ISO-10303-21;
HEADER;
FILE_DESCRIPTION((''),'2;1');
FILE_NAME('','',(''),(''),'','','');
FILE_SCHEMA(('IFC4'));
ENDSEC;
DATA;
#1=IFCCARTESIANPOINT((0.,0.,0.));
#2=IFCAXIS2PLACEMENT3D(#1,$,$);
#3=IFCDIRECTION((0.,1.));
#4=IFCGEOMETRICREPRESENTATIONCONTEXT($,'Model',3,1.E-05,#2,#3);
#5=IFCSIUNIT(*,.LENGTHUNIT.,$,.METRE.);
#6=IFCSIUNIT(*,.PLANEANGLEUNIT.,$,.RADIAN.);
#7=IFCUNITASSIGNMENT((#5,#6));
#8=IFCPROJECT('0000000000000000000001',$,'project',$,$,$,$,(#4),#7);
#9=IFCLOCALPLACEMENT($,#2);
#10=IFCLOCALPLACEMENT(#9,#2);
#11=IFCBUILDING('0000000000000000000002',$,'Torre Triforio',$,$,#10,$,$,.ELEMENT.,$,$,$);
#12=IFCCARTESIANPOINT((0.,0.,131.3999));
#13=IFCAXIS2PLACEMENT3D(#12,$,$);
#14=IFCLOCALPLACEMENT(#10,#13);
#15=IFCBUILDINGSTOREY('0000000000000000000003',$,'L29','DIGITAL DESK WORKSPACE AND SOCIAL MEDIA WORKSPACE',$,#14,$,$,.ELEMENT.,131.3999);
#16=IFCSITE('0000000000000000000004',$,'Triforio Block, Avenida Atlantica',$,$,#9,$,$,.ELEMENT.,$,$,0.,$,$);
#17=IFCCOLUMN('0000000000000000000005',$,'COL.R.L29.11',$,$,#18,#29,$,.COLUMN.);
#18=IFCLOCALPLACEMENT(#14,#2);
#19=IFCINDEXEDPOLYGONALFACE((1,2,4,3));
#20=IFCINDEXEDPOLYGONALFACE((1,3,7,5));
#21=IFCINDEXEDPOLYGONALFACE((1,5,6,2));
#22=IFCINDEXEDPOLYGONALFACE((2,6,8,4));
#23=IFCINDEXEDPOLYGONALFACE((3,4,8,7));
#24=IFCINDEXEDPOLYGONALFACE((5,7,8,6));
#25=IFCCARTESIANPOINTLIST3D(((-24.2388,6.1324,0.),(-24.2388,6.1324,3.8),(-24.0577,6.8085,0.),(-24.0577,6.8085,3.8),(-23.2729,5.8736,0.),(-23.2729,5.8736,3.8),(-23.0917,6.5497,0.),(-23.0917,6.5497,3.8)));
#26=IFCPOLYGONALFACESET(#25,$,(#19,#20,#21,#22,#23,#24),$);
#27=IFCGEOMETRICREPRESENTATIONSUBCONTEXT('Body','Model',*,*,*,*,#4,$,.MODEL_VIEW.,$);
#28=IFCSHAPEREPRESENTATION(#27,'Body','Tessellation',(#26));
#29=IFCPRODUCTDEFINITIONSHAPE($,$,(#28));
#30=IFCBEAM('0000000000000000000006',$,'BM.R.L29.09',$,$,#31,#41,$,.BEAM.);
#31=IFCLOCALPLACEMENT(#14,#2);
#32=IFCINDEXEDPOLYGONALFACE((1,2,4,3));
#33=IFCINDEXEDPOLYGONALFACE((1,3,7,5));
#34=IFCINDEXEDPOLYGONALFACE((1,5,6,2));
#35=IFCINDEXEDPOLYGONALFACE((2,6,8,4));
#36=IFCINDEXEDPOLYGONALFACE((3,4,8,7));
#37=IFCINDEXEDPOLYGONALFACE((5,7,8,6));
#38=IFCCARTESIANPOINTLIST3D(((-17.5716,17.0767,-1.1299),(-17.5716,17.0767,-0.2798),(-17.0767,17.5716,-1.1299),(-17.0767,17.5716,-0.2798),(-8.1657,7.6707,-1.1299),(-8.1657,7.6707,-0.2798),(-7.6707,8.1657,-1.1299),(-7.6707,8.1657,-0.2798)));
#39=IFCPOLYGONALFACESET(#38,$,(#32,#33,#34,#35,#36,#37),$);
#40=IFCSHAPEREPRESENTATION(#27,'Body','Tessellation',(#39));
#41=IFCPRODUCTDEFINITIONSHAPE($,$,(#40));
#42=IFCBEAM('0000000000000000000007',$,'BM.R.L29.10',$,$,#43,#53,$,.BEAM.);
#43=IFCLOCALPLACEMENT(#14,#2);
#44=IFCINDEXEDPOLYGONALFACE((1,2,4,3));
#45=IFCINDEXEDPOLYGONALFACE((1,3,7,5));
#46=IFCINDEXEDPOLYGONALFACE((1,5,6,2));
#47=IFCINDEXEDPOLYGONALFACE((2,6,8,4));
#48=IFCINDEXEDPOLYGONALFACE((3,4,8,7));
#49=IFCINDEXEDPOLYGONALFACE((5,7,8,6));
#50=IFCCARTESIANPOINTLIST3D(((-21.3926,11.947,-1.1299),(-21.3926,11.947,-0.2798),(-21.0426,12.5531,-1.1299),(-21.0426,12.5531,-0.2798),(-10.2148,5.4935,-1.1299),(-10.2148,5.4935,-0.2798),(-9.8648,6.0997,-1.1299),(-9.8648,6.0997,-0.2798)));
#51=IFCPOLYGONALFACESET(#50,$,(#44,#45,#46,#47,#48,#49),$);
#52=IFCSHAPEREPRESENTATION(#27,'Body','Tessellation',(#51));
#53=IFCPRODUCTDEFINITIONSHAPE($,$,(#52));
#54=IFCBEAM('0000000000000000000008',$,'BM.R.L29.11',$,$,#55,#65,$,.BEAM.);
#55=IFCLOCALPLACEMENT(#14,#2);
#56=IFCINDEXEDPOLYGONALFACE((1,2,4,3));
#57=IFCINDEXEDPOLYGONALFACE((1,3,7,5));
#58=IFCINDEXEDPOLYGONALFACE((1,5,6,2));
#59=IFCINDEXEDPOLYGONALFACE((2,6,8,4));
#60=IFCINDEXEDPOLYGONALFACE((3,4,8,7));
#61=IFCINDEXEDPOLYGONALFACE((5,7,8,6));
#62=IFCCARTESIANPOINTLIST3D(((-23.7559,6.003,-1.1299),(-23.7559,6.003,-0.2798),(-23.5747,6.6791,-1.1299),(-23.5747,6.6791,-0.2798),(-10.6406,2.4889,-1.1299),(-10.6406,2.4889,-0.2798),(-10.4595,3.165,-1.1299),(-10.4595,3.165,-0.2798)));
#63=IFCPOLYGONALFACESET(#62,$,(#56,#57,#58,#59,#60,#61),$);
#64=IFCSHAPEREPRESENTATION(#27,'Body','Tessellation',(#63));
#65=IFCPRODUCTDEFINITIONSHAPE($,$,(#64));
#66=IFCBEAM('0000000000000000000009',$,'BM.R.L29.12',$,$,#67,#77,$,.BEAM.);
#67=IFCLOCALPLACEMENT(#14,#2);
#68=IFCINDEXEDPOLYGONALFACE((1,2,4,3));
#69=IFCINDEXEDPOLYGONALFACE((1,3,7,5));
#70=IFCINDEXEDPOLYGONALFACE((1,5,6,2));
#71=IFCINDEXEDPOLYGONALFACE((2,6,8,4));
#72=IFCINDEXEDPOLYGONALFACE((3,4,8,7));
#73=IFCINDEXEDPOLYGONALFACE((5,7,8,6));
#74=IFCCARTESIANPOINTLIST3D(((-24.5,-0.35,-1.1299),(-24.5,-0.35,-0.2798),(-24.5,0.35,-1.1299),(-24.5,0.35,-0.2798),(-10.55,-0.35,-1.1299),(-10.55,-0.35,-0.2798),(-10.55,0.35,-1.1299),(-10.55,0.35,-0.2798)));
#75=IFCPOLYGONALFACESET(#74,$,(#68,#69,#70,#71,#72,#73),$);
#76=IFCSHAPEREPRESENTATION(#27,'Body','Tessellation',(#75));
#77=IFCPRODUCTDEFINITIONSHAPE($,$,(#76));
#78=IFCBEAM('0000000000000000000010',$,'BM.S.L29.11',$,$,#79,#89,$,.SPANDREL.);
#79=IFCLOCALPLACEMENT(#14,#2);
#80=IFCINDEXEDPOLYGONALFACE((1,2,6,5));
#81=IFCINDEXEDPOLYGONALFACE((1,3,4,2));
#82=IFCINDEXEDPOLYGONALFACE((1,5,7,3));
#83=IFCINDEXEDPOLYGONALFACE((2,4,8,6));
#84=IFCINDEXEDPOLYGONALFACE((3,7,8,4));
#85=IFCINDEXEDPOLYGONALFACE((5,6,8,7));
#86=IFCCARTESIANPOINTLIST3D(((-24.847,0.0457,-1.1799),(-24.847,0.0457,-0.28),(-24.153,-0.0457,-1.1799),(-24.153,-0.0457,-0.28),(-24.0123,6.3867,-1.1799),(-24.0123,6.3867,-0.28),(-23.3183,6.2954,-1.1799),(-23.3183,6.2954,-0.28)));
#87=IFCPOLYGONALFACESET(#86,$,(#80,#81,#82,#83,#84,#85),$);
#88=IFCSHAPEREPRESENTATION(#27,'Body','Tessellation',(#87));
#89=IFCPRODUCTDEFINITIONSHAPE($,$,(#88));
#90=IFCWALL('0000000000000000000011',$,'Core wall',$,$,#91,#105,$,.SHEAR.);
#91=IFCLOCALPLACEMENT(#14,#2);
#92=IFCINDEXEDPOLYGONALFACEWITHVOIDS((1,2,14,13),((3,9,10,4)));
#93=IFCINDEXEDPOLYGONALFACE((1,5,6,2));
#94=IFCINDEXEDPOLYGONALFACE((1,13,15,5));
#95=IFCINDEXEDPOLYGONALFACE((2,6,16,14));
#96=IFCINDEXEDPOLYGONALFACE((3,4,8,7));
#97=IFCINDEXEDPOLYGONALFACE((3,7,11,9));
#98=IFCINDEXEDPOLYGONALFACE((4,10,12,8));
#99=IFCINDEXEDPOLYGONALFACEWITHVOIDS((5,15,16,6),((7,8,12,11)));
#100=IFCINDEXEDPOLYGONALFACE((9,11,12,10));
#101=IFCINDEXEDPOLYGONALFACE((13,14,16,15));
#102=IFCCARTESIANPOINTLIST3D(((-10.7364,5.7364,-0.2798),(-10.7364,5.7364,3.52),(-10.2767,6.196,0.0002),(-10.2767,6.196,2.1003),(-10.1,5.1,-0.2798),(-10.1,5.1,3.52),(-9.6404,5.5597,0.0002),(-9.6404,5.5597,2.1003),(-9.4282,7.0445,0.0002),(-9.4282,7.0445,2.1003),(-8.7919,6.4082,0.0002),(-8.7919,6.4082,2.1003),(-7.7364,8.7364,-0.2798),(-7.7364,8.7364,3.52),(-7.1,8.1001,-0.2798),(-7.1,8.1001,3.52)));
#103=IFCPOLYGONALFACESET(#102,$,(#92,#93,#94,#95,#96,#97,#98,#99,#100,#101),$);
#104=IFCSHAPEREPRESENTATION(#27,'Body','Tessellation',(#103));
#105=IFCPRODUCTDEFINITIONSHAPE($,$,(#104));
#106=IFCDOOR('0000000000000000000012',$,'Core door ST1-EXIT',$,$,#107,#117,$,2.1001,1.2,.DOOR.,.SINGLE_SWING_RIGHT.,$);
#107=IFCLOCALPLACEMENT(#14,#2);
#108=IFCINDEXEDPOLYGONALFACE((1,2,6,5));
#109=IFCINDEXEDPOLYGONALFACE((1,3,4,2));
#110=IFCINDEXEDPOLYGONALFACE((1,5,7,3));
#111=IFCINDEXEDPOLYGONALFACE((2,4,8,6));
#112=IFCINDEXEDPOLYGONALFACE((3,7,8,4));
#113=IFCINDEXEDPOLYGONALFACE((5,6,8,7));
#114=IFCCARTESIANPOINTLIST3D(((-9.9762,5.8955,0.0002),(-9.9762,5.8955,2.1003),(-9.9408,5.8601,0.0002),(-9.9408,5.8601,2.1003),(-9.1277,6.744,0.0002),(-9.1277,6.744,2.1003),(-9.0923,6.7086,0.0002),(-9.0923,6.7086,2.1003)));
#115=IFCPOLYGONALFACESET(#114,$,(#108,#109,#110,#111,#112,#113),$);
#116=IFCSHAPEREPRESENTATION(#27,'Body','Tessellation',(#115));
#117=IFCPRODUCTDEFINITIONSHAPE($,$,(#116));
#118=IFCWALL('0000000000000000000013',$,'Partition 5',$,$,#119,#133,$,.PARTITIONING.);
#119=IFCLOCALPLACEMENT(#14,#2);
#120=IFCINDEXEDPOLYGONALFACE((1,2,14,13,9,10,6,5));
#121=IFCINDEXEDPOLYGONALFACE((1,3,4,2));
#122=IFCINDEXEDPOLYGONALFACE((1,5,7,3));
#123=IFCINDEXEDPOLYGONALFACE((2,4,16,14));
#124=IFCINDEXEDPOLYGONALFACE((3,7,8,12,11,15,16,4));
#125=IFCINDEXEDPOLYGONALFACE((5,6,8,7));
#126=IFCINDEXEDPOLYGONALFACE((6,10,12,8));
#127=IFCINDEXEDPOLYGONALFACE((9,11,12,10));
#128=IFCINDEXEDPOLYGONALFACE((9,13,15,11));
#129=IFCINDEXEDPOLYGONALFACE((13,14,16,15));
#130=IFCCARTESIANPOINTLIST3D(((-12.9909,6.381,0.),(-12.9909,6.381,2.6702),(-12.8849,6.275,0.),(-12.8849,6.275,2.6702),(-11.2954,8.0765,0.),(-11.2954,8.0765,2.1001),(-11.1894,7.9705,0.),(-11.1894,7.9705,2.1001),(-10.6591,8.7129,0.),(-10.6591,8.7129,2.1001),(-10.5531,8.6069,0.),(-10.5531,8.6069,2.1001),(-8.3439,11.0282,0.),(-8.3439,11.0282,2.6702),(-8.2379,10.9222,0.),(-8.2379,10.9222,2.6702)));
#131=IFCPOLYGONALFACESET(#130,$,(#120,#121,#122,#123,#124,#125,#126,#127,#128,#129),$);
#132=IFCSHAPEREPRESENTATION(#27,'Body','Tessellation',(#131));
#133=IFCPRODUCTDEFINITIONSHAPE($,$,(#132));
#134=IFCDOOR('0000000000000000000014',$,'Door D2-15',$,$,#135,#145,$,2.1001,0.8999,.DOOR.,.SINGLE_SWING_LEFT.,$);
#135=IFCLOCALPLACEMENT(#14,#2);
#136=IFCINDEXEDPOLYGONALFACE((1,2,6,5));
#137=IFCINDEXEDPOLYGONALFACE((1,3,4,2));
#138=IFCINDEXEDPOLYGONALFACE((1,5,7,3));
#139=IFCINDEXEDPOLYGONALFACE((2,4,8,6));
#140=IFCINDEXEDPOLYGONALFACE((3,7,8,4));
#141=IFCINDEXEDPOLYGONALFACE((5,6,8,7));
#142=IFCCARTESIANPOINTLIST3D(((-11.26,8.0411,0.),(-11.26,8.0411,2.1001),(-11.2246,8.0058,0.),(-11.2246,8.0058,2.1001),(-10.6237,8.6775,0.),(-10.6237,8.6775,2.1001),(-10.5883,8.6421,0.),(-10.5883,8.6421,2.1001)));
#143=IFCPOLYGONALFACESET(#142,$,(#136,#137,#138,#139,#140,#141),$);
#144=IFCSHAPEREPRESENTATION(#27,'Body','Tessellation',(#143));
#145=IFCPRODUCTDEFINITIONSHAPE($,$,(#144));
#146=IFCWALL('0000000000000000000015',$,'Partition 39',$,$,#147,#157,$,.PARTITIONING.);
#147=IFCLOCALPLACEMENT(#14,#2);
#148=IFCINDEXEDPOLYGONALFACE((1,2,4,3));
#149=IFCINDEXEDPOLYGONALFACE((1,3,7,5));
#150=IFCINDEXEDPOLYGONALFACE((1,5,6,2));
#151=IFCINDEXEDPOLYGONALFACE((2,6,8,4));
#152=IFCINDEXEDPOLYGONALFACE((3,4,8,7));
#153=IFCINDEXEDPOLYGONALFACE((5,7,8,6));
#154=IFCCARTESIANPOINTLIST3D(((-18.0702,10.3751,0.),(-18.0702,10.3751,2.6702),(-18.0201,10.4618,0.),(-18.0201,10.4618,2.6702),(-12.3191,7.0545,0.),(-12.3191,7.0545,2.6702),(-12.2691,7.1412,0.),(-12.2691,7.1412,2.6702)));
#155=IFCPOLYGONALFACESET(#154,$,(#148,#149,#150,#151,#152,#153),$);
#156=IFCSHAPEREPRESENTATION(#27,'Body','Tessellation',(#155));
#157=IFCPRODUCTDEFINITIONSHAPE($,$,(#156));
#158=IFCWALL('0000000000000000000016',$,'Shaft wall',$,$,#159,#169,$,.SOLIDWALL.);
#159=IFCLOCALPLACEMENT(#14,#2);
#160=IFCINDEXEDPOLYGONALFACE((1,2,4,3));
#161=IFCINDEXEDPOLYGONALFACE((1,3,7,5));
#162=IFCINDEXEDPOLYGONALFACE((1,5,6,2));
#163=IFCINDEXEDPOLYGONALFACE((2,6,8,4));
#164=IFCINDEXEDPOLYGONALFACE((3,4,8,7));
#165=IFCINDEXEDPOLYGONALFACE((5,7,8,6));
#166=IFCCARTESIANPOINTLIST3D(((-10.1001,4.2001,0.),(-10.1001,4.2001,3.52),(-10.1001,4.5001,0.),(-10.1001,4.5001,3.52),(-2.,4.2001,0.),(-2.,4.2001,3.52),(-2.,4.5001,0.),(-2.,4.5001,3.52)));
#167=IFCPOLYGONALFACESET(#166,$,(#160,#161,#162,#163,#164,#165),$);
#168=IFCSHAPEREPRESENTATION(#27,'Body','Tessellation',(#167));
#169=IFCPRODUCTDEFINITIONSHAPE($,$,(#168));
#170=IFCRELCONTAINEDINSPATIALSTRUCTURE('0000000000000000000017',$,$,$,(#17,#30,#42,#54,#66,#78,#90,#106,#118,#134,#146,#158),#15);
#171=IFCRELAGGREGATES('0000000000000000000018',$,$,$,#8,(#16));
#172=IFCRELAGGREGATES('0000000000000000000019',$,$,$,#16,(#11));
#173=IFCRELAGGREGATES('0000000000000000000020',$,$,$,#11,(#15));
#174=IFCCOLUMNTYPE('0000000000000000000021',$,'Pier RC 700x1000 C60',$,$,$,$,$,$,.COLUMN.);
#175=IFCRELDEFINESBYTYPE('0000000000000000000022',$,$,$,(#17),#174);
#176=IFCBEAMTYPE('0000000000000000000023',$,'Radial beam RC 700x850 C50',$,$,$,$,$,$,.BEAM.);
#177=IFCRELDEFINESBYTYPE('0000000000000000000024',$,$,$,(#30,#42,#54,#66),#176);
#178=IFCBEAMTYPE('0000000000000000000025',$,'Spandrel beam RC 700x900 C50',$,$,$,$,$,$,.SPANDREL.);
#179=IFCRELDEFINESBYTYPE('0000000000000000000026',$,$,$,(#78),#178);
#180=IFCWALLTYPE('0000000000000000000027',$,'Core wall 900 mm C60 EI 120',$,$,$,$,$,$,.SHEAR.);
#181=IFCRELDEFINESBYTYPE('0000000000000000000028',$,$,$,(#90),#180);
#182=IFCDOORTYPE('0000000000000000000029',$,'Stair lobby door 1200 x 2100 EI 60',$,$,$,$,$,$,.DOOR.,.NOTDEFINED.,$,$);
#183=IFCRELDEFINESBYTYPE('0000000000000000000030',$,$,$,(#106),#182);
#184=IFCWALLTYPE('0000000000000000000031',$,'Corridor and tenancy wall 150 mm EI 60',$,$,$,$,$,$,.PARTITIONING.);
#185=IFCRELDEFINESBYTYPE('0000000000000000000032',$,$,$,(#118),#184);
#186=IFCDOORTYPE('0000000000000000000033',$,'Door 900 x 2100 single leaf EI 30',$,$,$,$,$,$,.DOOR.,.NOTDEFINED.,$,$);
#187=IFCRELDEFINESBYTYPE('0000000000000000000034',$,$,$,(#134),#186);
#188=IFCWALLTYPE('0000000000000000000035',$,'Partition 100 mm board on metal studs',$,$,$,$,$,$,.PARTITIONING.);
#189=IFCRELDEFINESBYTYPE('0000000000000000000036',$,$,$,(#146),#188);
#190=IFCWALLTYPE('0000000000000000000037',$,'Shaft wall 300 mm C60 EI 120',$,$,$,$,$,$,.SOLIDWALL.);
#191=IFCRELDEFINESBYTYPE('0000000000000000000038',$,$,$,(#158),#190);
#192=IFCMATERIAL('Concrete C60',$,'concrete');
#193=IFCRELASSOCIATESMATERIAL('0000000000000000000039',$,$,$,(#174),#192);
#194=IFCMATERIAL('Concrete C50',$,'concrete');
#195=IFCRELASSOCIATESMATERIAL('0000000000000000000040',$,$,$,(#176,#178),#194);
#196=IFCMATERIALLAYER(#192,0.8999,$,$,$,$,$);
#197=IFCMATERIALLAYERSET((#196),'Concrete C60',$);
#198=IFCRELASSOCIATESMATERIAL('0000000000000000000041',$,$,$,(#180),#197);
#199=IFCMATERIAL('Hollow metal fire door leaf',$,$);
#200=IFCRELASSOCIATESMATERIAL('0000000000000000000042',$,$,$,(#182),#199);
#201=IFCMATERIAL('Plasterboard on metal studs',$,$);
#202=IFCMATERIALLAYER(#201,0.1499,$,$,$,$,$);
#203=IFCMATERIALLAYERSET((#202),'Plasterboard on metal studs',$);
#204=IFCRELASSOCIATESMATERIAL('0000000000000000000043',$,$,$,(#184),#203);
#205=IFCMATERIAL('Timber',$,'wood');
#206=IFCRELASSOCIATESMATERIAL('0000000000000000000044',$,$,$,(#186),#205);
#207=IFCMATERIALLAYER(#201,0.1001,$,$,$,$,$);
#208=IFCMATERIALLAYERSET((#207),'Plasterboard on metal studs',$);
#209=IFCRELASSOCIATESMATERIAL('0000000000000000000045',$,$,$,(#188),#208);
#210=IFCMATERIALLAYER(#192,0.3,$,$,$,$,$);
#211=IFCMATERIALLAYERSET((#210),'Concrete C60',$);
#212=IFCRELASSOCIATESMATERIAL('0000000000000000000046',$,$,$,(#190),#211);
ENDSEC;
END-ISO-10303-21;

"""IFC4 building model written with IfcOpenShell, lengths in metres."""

from ifc_helpers import new_model, si_unit, direction, frame, frame_2d, origin, origin_2d, place, context, subcontext, project, spatial, rectangle, extrude, material, layer, layer_set, material_profile, profile_set, type_object, element, fill, save


model = new_model("IFC4")

# Units and contexts
model_context = context("Model", 3, precision=1e-05, world=origin(), true_north=direction((0.0, 1.0)))
body_context = subcontext(model_context, "Body", "Model", "MODEL_VIEW")
ifc_project = project(units=[si_unit("LENGTHUNIT", "METRE"), si_unit("PLANEANGLEUNIT", "RADIAN")], contexts=[model_context])

# Site, building, storey
site_placement = place(None, origin())
site = spatial("IfcSite", under=ifc_project, at=site_placement, Name="Triforio Block, Avenida Atlantica", CompositionType="ELEMENT", RefElevation=0.0)
building_placement = place(site_placement, origin())
building = spatial("IfcBuilding", under=site, at=building_placement, Name="Torre Triforio", CompositionType="ELEMENT")
storey_placement = place(building_placement, frame((0.0, 0.0, 131.3999)))
storey = spatial("IfcBuildingStorey", under=building, at=storey_placement, Name="L29", Description="DIGITAL DESK WORKSPACE AND SOCIAL MEDIA WORKSPACE", CompositionType="ELEMENT", Elevation=131.3999)

# Column
ifc_material_1 = material(Name="Concrete C60", Category="concrete")
ifc_material_profile_1 = material_profile(ifc_material_1, rectangle(XDim=0.7, YDim=1.0, at=origin_2d()), Name="RC 700x1000")
ifc_profile_set_1 = profile_set([ifc_material_profile_1], Name="Concrete C60")
column_type = type_object("IfcColumnType", Name="Pier RC 700x1000 C60", PredefinedType="COLUMN", material=ifc_profile_set_1)
column_placement = place(storey_placement, frame((-23.6653, 6.3411, 0.0), z_axis=(0.0, 0.0, 1.0), x_axis=(-0.258819, -0.965926, 0.0)))
element("IfcColumn", 1, at=column_placement, inside=storey, type_object=column_type, Name="COL.R.L29.11", PredefinedType="COLUMN", context=body_context, shape_type="SweptSolid", body=[
    extrude(rectangle(XDim=0.7, YDim=1.0, at=origin_2d()), origin(), (0.0, 0.0, 1.0), 3.8),
])

# Beams
ifc_material_2 = material(Name="Concrete C50", Category="concrete")
ifc_material_profile_2 = material_profile(ifc_material_2, rectangle(XDim=0.7, YDim=0.8501, at=origin_2d()), Name="RC 700x850")
ifc_profile_set_2 = profile_set([ifc_material_profile_2], Name="Concrete C50")
beam_type_1 = type_object("IfcBeamType", Name="Radial beam RC 700x850 C50", PredefinedType="BEAM", material=ifc_profile_set_2)
beam_1_placement = place(storey_placement, frame((-7.9182, 7.9182, -0.7048), z_axis=(-0.707107, 0.707107, 0.0), x_axis=(-0.707107, -0.707107, 0.0)))
element("IfcBeam", 2, at=beam_1_placement, inside=storey, type_object=beam_type_1, Name="BM.R.L29.09", PredefinedType="BEAM", context=body_context, shape_type="SweptSolid", body=[
    extrude(rectangle(XDim=0.7, YDim=0.8501, at=origin_2d()), origin(), (0.0, 0.0, 1.0), 13.302),
])
beam_2_placement = place(storey_placement, frame((-10.0398, 5.7966, -0.7048), z_axis=(-0.866029, 0.499994, 0.0), x_axis=(-0.499994, -0.866029, 0.0)))
element("IfcBeam", 3, at=beam_2_placement, inside=storey, type_object=beam_type_1, Name="BM.R.L29.10", PredefinedType="BEAM", context=body_context, shape_type="SweptSolid", body=[
    extrude(rectangle(XDim=0.7, YDim=0.8501, at=origin_2d()), origin(), (0.0, 0.0, 1.0), 12.907),
])
beam_3_placement = place(storey_placement, frame((-10.55, 2.8269, -0.7048), z_axis=(-0.965927, 0.258815, 0.0), x_axis=(-0.258815, -0.965927, 0.0)))
element("IfcBeam", 4, at=beam_3_placement, inside=storey, type_object=beam_type_1, Name="BM.R.L29.11", PredefinedType="BEAM", context=body_context, shape_type="SweptSolid", body=[
    extrude(rectangle(XDim=0.7, YDim=0.8501, at=origin_2d()), origin(), (0.0, 0.0, 1.0), 13.5779),
])
beam_4_placement = place(storey_placement, frame((-10.55, 0.0, -0.7048), z_axis=(-1.0, 0.0, 0.0), x_axis=(0.0, -1.0, 0.0)))
element("IfcBeam", 5, at=beam_4_placement, inside=storey, type_object=beam_type_1, Name="BM.R.L29.12", PredefinedType="BEAM", context=body_context, shape_type="SweptSolid", body=[
    extrude(rectangle(XDim=0.7, YDim=0.8501, at=origin_2d()), origin(), (0.0, 0.0, 1.0), 13.95),
])
ifc_material_profile_3 = material_profile(ifc_material_2, rectangle(XDim=0.7, YDim=0.8999, at=origin_2d()), Name="RC 700x900")
ifc_profile_set_3 = profile_set([ifc_material_profile_3], Name="Concrete C50")
beam_type_2 = type_object("IfcBeamType", Name="Spandrel beam RC 700x900 C50", PredefinedType="SPANDREL", material=ifc_profile_set_3)
beam_5_placement = place(storey_placement, frame((-23.6653, 6.3411, -0.73), z_axis=(-0.130511, -0.991447, 0.0), x_axis=(0.991447, -0.130511, 0.0)))
element("IfcBeam", 6, at=beam_5_placement, inside=storey, type_object=beam_type_2, Name="BM.S.L29.11", PredefinedType="SPANDREL", context=body_context, shape_type="SweptSolid", body=[
    extrude(rectangle(XDim=0.7, YDim=0.8999, at=origin_2d()), origin(), (0.0, 0.0, 1.0), 6.3958),
])

# Walls, openings, doors
ifc_layer_1 = layer(ifc_material_1, 0.8999)
ifc_layer_set_1 = layer_set([ifc_layer_1], Name="Concrete C60")
wall_type_1 = type_object("IfcWallType", Name="Core wall 900 mm C60 EI 120", PredefinedType="SHEAR", material=ifc_layer_set_1)
wall_1_placement = place(storey_placement, frame((-10.4182, 5.4182, -0.2798), z_axis=(0.0, 0.0, 1.0), x_axis=(0.707107, 0.707107, 0.0)))
wall_1 = element("IfcWall", 7, at=wall_1_placement, inside=storey, type_object=wall_type_1, Name="Core wall", PredefinedType="SHEAR", context=body_context, shape_type="SweptSolid", body=[
    extrude(rectangle(XDim=4.2427, YDim=0.8999, at=frame_2d((2.1213, 0.0))), origin(), (0.0, 0.0, 1.0), 3.7998),
])
opening_1_placement = place(wall_1_placement, frame((0.6499, 0.0, 0.28)))
opening_1 = element("IfcOpeningElement", 8, at=opening_1_placement, cuts=wall_1, PredefinedType="OPENING", context=body_context, shape_type="SweptSolid", body=[
    extrude(rectangle(XDim=1.2, YDim=2.1001, at=frame_2d((0.6001, 1.05))), frame((0.0, 0.46, 0.0), z_axis=(0.0, -1.0, 0.0), x_axis=(1.0, 0.0, 0.0)), (0.0, 0.0, 1.0), 0.9199),
])
ifc_material_3 = material(Name="Hollow metal fire door leaf")
door_type_1 = type_object("IfcDoorType", Name="Stair lobby door 1200 x 2100 EI 60", OperationType="NOTDEFINED", PredefinedType="DOOR", material=ifc_material_3)
door_1_placement = place(opening_1_placement, origin())
door_1 = element("IfcDoor", 9, at=door_1_placement, inside=storey, type_object=door_type_1, Name="Core door ST1-EXIT", OperationType="SINGLE_SWING_RIGHT", OverallHeight=2.1001, OverallWidth=1.2, PredefinedType="DOOR", context=body_context, shape_type="SweptSolid", body=[
    extrude(rectangle(XDim=1.2, YDim=2.1001, at=frame_2d((0.6001, 1.05))), frame((0.0, 0.0249, 0.0), z_axis=(0.0, -1.0, 0.0), x_axis=(1.0, 0.0, 0.0)), (0.0, 0.0, 1.0), 0.05),
])
fill(opening_1, door_1)
ifc_material_4 = material(Name="Plasterboard on metal studs")
ifc_layer_2 = layer(ifc_material_4, 0.1499)
ifc_layer_set_2 = layer_set([ifc_layer_2], Name="Plasterboard on metal studs")
wall_type_2 = type_object("IfcWallType", Name="Corridor and tenancy wall 150 mm EI 60", PredefinedType="PARTITIONING", material=ifc_layer_set_2)
wall_2_placement = place(storey_placement, frame((-12.938, 6.3279, 0.0), z_axis=(0.0, 0.0, 1.0), x_axis=(0.707088, 0.707125, 0.0)))
wall_2 = element("IfcWall", 10, at=wall_2_placement, inside=storey, type_object=wall_type_2, Name="Partition 5", PredefinedType="PARTITIONING", context=body_context, shape_type="SweptSolid", body=[
    extrude(rectangle(XDim=6.572, YDim=0.1499, at=frame_2d((3.2861, 0.0))), origin(), (0.0, 0.0, 1.0), 2.6702),
])
opening_2_placement = place(wall_2_placement, frame((2.3979, 0.0, 0.0)))
opening_2 = element("IfcOpeningElement", 11, at=opening_2_placement, cuts=wall_2, PredefinedType="OPENING", context=body_context, shape_type="SweptSolid", body=[
    extrude(rectangle(XDim=0.8999, YDim=2.1001, at=frame_2d((0.45, 1.05))), frame((0.0, 0.085, 0.0), z_axis=(0.0, -1.0, 0.0), x_axis=(1.0, 0.0, 0.0)), (0.0, 0.0, 1.0), 0.1699),
])
ifc_material_5 = material(Name="Timber", Category="wood")
door_type_2 = type_object("IfcDoorType", Name="Door 900 x 2100 single leaf EI 30", OperationType="NOTDEFINED", PredefinedType="DOOR", material=ifc_material_5)
door_2_placement = place(opening_2_placement, origin())
door_2 = element("IfcDoor", 12, at=door_2_placement, inside=storey, type_object=door_type_2, Name="Door D2-15", OperationType="SINGLE_SWING_LEFT", OverallHeight=2.1001, OverallWidth=0.8999, PredefinedType="DOOR", context=body_context, shape_type="SweptSolid", body=[
    extrude(rectangle(XDim=0.8999, YDim=2.1001, at=frame_2d((0.45, 1.05))), frame((0.0, 0.0249, 0.0), z_axis=(0.0, -1.0, 0.0), x_axis=(1.0, 0.0, 0.0)), (0.0, 0.0, 1.0), 0.05),
])
fill(opening_2, door_2)

# Walls
ifc_layer_3 = layer(ifc_material_4, 0.1001)
ifc_layer_set_3 = layer_set([ifc_layer_3], Name="Plasterboard on metal studs")
wall_type_3 = type_object("IfcWallType", Name="Partition 100 mm board on metal studs", PredefinedType="PARTITIONING", material=ifc_layer_set_3)
wall_3_placement = place(storey_placement, frame((-12.2942, 7.0979, 0.0), z_axis=(0.0, 0.0, 1.0), x_axis=(-0.86601, 0.500026, 0.0)))
element("IfcWall", 13, at=wall_3_placement, inside=storey, type_object=wall_type_3, Name="Partition 39", PredefinedType="PARTITIONING", context=body_context, shape_type="SweptSolid", body=[
    extrude(rectangle(XDim=6.6409, YDim=0.1001, at=frame_2d((3.3203, 0.0))), origin(), (0.0, 0.0, 1.0), 2.6702),
])
ifc_layer_4 = layer(ifc_material_1, 0.3)
ifc_layer_set_4 = layer_set([ifc_layer_4], Name="Concrete C60")
wall_type_4 = type_object("IfcWallType", Name="Shaft wall 300 mm C60 EI 120", PredefinedType="SOLIDWALL", material=ifc_layer_set_4)
wall_4_placement = place(storey_placement, frame((-10.1001, 4.3501, 0.0), z_axis=(0.0, 0.0, 1.0), x_axis=(1.0, 0.0, 0.0)))
element("IfcWall", 14, at=wall_4_placement, inside=storey, type_object=wall_type_4, Name="Shaft wall", PredefinedType="SOLIDWALL", context=body_context, shape_type="SweptSolid", body=[
    extrude(rectangle(XDim=8.1001, YDim=0.3, at=frame_2d((4.05, 0.0))), origin(), (0.0, 0.0, 1.0), 3.52),
])

save(model, "model.ifc")
